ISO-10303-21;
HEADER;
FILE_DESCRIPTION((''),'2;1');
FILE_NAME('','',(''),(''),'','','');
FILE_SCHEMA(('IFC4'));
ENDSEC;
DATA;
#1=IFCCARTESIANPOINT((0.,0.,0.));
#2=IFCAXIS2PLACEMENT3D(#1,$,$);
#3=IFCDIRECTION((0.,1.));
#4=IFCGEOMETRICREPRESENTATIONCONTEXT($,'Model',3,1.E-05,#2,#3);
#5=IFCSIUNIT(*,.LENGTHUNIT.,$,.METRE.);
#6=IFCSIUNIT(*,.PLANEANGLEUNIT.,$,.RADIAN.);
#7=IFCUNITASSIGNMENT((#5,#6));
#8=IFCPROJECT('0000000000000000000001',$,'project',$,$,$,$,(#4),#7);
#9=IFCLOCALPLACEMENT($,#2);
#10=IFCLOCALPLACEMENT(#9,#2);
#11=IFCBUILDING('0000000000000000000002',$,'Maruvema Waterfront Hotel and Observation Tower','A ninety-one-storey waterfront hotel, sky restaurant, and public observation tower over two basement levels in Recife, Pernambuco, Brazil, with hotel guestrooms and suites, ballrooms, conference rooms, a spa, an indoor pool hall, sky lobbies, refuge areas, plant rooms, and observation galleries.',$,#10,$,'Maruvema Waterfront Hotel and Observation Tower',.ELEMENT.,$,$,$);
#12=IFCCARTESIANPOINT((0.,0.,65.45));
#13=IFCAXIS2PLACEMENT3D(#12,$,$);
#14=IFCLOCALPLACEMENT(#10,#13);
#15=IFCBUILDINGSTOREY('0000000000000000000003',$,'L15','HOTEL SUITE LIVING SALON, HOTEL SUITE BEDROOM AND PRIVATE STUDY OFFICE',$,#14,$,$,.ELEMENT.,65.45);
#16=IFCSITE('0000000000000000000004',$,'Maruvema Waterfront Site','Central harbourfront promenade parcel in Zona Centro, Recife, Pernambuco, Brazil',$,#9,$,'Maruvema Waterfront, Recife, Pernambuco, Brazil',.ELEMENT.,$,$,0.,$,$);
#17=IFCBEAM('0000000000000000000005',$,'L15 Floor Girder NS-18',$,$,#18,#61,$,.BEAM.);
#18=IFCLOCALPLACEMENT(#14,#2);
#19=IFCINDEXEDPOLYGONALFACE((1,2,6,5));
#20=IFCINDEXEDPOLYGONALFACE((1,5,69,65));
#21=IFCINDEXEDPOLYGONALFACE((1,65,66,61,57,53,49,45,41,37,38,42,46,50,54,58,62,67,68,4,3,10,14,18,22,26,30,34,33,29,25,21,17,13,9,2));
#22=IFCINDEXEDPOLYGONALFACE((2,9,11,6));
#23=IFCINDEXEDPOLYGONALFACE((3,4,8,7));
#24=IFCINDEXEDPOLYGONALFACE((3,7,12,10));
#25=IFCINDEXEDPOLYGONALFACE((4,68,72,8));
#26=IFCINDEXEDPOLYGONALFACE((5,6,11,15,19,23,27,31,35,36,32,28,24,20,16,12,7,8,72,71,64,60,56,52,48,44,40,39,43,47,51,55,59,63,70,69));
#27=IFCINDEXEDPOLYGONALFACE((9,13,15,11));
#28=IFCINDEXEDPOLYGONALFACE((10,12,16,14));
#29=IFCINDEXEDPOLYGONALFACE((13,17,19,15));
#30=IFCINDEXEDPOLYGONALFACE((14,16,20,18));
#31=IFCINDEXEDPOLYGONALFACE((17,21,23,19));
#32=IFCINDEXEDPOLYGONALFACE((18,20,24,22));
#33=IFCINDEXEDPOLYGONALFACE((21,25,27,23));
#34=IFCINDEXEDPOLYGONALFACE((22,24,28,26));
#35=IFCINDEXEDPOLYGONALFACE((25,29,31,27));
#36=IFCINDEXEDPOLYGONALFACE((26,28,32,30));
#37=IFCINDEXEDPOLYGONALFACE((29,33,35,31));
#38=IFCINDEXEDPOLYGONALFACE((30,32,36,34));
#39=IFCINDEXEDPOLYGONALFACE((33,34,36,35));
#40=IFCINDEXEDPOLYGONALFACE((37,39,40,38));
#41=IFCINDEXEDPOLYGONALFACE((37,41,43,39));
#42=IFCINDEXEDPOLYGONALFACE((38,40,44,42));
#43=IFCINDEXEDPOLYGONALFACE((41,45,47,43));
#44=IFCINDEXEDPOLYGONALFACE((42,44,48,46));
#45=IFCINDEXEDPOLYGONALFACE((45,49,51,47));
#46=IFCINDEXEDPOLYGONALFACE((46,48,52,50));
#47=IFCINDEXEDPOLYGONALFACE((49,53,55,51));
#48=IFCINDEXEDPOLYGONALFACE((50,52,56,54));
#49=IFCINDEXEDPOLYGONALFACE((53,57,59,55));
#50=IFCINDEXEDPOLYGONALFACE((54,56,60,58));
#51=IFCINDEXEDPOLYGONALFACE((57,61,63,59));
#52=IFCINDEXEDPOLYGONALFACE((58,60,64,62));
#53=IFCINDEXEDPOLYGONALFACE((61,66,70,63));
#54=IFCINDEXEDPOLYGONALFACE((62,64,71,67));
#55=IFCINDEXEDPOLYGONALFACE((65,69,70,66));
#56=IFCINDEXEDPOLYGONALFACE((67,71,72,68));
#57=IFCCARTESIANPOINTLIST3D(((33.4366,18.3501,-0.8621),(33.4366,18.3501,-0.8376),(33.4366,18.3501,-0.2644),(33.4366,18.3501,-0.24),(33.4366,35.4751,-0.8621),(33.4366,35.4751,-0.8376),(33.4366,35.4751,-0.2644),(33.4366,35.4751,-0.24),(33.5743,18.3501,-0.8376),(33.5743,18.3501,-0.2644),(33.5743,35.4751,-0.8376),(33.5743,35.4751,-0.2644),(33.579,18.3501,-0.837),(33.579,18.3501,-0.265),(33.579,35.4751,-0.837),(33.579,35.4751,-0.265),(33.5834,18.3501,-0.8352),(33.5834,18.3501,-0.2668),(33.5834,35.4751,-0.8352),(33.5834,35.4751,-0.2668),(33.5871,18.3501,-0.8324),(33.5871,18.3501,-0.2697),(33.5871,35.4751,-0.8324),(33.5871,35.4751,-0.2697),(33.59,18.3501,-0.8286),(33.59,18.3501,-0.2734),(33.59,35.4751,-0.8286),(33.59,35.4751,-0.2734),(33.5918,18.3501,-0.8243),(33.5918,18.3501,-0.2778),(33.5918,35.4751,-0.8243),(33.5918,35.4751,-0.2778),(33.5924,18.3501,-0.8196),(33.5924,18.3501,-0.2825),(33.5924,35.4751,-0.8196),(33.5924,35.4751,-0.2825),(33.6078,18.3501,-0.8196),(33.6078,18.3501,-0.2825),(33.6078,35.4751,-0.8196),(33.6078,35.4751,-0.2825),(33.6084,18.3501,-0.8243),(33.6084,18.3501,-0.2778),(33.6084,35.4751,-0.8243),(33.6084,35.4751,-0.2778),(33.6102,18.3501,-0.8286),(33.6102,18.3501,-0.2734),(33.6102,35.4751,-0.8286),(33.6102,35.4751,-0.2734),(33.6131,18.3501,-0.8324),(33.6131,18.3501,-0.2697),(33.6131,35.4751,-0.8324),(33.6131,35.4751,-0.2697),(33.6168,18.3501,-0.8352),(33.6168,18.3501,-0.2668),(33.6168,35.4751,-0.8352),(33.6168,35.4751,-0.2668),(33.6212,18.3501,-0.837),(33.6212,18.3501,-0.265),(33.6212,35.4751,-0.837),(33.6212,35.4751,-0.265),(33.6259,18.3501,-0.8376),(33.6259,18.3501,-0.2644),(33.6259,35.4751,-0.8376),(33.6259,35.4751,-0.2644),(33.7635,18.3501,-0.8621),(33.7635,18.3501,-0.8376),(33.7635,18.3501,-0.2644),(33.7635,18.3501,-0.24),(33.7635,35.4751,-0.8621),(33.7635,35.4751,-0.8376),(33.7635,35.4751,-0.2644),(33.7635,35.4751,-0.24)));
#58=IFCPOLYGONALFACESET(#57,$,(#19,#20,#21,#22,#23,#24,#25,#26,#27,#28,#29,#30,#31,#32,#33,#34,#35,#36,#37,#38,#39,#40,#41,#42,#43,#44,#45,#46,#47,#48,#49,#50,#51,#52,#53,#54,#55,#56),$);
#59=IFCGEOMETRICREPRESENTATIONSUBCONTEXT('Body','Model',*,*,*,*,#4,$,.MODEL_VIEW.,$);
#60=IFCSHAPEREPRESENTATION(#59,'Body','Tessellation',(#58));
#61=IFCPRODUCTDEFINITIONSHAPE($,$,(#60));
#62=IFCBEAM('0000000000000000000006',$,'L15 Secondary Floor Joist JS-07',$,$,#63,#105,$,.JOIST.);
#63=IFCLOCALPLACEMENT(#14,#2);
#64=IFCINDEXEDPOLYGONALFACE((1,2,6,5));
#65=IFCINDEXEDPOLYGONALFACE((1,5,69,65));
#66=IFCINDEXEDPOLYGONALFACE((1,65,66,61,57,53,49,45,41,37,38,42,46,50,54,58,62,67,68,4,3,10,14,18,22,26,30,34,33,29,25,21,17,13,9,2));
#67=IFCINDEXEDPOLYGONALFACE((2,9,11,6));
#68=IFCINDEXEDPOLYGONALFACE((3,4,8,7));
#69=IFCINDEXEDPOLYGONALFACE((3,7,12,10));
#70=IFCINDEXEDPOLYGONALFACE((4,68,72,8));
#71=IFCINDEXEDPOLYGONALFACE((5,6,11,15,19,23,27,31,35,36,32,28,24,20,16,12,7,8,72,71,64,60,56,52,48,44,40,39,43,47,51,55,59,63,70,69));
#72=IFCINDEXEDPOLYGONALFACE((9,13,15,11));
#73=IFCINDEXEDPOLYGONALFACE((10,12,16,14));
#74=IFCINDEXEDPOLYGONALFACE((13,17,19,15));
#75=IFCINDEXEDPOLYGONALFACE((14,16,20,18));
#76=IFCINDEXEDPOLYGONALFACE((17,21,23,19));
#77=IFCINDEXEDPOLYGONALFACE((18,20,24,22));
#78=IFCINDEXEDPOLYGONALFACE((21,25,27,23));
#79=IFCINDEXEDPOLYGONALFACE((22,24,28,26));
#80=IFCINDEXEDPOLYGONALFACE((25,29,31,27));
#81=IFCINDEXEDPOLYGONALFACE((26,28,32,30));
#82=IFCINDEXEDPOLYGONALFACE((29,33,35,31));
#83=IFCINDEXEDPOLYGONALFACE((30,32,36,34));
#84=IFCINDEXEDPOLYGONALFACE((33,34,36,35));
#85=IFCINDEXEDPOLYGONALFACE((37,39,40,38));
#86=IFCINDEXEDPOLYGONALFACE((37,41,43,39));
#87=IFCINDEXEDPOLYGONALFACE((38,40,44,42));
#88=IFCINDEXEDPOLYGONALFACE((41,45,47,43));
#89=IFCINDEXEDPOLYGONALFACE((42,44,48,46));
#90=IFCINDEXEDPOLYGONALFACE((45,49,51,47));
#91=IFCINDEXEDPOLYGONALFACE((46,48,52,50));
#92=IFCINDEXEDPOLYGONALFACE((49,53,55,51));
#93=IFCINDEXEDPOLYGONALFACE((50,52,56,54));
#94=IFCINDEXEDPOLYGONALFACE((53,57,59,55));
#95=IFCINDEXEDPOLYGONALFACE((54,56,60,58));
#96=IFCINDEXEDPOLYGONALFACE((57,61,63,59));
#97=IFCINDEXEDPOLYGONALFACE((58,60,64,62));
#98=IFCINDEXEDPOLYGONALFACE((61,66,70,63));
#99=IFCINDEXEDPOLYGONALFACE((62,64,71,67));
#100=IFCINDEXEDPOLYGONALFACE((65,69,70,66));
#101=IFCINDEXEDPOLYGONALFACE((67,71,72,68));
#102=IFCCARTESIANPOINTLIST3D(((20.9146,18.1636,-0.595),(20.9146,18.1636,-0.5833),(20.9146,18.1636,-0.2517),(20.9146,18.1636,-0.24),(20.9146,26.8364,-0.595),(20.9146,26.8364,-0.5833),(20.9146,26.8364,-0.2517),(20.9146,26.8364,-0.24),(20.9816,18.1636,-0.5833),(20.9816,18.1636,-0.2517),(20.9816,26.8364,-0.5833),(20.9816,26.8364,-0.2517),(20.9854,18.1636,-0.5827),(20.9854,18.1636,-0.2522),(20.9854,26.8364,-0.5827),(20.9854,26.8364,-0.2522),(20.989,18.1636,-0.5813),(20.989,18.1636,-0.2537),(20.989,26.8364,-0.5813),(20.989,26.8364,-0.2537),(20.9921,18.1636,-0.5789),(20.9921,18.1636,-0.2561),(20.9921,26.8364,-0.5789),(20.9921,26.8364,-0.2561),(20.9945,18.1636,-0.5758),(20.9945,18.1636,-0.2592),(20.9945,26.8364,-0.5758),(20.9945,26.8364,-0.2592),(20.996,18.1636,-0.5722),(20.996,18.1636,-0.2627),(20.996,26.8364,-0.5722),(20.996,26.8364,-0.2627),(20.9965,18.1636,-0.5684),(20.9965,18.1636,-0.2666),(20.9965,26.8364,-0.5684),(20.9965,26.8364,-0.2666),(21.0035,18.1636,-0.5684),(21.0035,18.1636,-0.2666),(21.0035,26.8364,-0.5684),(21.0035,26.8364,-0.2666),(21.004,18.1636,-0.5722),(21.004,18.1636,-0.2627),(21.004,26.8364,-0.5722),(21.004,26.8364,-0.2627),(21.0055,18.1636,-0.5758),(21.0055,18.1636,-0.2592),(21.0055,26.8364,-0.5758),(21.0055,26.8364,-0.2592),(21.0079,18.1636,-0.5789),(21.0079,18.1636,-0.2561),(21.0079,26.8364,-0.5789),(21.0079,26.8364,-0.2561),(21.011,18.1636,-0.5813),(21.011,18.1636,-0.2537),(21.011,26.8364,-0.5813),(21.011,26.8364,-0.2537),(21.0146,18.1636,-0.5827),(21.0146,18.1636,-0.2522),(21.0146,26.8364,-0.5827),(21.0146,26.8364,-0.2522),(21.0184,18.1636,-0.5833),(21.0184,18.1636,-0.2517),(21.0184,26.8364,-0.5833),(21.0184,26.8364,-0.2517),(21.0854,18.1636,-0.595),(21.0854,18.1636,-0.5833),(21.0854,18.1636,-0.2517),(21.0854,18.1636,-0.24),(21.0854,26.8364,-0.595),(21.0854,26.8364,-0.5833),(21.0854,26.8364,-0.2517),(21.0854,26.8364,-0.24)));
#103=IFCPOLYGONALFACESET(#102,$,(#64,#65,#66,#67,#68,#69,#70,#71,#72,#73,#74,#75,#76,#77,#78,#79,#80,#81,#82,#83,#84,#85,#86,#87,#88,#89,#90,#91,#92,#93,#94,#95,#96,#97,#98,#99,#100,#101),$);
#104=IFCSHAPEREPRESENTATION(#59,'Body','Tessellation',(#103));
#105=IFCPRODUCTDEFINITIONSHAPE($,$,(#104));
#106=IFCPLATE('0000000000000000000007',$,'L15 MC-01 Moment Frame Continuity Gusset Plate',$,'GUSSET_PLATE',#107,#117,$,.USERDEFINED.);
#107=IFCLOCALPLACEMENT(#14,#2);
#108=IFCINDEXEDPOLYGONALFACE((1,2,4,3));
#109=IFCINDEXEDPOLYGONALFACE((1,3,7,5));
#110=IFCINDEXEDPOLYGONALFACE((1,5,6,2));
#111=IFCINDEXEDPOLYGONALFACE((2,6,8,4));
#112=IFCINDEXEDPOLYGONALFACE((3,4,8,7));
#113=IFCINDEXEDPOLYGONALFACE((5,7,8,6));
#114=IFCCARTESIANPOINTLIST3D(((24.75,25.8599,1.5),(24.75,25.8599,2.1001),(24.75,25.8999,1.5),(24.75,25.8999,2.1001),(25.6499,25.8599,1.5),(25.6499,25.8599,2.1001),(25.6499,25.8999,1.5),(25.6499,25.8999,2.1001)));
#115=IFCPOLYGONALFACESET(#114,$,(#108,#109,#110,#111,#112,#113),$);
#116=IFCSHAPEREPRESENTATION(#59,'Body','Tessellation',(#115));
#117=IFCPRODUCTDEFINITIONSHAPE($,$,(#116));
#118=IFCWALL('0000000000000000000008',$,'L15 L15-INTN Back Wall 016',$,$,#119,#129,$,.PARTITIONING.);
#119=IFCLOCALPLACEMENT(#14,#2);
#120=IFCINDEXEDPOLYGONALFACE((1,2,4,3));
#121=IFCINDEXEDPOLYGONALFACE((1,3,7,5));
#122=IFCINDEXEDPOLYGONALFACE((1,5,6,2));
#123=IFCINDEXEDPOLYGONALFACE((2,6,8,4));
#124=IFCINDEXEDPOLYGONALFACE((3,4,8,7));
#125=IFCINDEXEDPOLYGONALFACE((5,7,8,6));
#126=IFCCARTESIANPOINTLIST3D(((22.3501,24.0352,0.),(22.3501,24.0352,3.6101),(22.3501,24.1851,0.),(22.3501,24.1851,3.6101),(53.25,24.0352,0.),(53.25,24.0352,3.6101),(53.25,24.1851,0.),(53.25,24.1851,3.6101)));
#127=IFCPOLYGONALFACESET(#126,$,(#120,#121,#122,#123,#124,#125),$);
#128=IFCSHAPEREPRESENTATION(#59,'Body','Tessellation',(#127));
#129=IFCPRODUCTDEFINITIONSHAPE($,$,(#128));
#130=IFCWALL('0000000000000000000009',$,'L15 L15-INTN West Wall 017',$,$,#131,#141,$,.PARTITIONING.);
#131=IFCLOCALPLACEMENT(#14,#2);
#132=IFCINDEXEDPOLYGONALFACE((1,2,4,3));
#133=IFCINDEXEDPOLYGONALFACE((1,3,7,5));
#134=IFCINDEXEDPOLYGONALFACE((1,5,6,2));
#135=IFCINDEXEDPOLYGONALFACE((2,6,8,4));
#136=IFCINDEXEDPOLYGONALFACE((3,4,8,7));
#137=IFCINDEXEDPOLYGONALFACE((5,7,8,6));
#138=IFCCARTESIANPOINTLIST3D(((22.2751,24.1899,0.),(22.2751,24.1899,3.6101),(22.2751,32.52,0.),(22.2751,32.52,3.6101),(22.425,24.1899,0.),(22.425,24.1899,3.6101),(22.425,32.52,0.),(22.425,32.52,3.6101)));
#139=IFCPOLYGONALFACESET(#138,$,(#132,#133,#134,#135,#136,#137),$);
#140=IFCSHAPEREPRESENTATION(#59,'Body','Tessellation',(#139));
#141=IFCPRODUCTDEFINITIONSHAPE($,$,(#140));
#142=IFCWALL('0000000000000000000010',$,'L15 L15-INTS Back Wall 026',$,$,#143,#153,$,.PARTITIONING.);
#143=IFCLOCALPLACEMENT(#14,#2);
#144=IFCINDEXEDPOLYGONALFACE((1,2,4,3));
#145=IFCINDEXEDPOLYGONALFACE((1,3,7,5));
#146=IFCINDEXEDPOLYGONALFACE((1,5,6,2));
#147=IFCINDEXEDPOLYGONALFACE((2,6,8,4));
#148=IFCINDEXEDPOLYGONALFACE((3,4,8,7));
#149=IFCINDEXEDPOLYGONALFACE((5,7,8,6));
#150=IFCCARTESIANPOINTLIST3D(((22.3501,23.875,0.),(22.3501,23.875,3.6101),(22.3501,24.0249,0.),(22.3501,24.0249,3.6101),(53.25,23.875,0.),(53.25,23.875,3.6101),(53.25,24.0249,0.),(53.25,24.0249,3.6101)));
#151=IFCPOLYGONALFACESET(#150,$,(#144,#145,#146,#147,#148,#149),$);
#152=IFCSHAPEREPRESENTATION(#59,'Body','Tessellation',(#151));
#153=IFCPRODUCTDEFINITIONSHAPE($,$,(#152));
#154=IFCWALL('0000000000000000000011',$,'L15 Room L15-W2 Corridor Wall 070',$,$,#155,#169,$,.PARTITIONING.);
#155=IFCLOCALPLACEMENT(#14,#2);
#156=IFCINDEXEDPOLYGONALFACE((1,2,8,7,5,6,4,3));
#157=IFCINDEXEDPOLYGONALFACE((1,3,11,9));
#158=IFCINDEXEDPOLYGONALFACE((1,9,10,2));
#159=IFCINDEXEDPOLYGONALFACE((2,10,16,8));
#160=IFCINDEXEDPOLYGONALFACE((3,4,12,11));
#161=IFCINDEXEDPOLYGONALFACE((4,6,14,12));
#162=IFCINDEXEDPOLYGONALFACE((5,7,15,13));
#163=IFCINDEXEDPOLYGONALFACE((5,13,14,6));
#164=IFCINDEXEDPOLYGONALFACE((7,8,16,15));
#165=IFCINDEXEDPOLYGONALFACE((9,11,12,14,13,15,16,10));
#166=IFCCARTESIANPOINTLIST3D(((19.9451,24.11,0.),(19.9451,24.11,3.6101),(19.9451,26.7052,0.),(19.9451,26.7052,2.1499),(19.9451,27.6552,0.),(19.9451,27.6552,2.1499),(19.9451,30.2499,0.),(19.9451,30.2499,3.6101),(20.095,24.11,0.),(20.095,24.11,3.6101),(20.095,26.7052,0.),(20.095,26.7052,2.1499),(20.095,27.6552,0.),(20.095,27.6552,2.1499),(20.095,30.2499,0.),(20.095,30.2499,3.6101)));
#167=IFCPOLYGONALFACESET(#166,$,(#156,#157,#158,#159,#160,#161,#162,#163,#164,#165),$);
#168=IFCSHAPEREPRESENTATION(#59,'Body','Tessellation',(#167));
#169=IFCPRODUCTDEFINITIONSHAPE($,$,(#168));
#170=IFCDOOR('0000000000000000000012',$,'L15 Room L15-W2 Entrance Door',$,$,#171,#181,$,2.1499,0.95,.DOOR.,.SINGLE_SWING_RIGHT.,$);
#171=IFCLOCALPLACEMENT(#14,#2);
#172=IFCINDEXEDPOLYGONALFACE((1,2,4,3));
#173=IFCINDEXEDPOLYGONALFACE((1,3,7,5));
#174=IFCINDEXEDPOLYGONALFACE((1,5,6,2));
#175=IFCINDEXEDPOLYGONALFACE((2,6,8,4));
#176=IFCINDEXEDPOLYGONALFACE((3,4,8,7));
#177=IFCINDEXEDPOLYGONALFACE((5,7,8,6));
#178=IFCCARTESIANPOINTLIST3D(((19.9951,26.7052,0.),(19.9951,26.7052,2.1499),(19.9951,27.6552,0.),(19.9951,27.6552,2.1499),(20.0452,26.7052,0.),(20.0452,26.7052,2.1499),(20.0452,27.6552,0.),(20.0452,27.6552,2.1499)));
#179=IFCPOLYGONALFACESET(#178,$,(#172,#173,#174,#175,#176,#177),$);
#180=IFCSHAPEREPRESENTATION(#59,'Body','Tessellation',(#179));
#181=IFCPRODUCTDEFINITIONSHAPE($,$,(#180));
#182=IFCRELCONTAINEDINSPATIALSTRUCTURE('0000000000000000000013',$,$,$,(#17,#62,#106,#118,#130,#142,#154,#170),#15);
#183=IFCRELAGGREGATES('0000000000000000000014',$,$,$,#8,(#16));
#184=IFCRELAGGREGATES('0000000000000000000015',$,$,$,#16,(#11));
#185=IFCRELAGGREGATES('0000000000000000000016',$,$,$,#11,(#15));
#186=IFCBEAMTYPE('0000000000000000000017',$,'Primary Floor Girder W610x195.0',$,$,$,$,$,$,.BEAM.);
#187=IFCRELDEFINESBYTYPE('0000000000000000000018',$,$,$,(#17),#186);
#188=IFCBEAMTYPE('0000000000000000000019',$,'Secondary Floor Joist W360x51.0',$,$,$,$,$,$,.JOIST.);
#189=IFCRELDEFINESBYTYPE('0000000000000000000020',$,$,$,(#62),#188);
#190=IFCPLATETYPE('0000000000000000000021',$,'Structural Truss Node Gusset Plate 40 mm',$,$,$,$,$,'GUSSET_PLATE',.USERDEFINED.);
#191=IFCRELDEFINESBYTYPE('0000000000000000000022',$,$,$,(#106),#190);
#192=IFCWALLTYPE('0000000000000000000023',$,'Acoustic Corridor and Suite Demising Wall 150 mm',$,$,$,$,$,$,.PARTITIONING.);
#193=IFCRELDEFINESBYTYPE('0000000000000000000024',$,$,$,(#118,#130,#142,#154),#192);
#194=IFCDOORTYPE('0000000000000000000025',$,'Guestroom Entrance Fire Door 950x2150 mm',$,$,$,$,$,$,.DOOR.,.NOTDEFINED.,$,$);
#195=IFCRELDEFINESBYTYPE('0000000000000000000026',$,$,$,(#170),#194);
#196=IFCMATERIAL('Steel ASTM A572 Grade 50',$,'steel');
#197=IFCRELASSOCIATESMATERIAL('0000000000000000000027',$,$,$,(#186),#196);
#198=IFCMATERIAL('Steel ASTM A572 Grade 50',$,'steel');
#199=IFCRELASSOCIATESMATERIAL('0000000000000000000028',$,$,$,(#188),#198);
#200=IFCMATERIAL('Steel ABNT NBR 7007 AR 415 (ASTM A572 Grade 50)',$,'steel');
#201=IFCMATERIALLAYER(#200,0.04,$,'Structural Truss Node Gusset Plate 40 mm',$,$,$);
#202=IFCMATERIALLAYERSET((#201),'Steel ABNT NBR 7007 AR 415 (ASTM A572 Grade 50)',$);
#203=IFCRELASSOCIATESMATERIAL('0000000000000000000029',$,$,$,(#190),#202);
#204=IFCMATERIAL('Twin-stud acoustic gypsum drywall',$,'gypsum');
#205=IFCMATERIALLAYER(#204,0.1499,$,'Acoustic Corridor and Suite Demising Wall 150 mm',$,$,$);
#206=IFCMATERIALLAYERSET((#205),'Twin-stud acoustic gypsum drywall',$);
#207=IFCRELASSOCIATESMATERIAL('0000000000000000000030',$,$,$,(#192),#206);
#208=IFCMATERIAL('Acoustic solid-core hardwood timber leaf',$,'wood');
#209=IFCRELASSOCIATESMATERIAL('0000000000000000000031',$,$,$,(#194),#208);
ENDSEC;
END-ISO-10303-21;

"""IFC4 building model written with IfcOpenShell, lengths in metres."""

from ifc_helpers import new_model, si_unit, direction, frame, frame_2d, origin, origin_2d, place, context, subcontext, project, spatial, rectangle, i_section, extrude, material, layer, layer_set, material_profile, profile_set, type_object, element, fill, save


model = new_model("IFC4")

# Units and contexts
model_context = context("Model", 3, precision=1e-05, world=origin(), true_north=direction((0.0, 1.0)))
body_context = subcontext(model_context, "Body", "Model", "MODEL_VIEW")
ifc_project = project(units=[si_unit("LENGTHUNIT", "METRE"), si_unit("PLANEANGLEUNIT", "RADIAN")], contexts=[model_context])

# Site, building, storey
site_placement = place(None, origin())
site = spatial("IfcSite", under=ifc_project, at=site_placement, Name="Maruvema Waterfront Site", Description="Central harbourfront promenade parcel in Zona Centro, Recife, Pernambuco, Brazil", LongName="Maruvema Waterfront, Recife, Pernambuco, Brazil", CompositionType="ELEMENT", RefElevation=0.0)
building_placement = place(site_placement, origin())
building = spatial("IfcBuilding", under=site, at=building_placement, Name="Maruvema Waterfront Hotel and Observation Tower", Description="A ninety-one-storey waterfront hotel, sky restaurant, and public observation tower over two basement levels in Recife, Pernambuco, Brazil, with hotel guestrooms and suites, ballrooms, conference rooms, a spa, an indoor pool hall, sky lobbies, refuge areas, plant rooms, and observation galleries.", LongName="Maruvema Waterfront Hotel and Observation Tower", CompositionType="ELEMENT")
storey_placement = place(building_placement, frame((0.0, 0.0, 65.45)))
storey = spatial("IfcBuildingStorey", under=building, at=storey_placement, Name="L15", Description="HOTEL SUITE LIVING SALON, HOTEL SUITE BEDROOM AND PRIVATE STUDY OFFICE", CompositionType="ELEMENT", Elevation=65.45)

# Beams
ifc_material_1 = material(Name="Steel ASTM A572 Grade 50", Category="steel")
ifc_material_profile_1 = material_profile(ifc_material_1, i_section(OverallWidth=0.3269, OverallDepth=0.6221, WebThickness=0.0154, FlangeThickness=0.0244, FilletRadius=0.0181, at=origin_2d()), Name="W610x195.0")
ifc_profile_set_1 = profile_set([ifc_material_profile_1], Name="Steel ASTM A572 Grade 50")
beam_type_1 = type_object("IfcBeamType", Name="Primary Floor Girder W610x195.0", PredefinedType="BEAM", material=ifc_profile_set_1)
beam_1_placement = place(storey_placement, frame((33.6001, 18.3501, -0.551), z_axis=(0.0, 1.0, 0.0), x_axis=(-1.0, 0.0, 0.0)))
element("IfcBeam", 1, at=beam_1_placement, inside=storey, type_object=beam_type_1, Name="L15 Floor Girder NS-18", PredefinedType="BEAM", context=body_context, shape_type="SweptSolid", body=[
    extrude(i_section(OverallWidth=0.3269, OverallDepth=0.6221, WebThickness=0.0154, FlangeThickness=0.0244, FilletRadius=0.0181, at=origin_2d()), origin(), (0.0, 0.0, 1.0), 17.125),
])
ifc_material_2 = material(Name="Steel ASTM A572 Grade 50", Category="steel")
ifc_material_profile_2 = material_profile(ifc_material_2, i_section(OverallWidth=0.1709, OverallDepth=0.355, WebThickness=0.0071, FlangeThickness=0.0117, FilletRadius=0.0149, at=origin_2d()), Name="W360x51.0")
ifc_profile_set_2 = profile_set([ifc_material_profile_2], Name="Steel ASTM A572 Grade 50")
beam_type_2 = type_object("IfcBeamType", Name="Secondary Floor Joist W360x51.0", PredefinedType="JOIST", material=ifc_profile_set_2)
beam_2_placement = place(storey_placement, frame((21.0, 18.1636, -0.4175), z_axis=(0.0, 1.0, 0.0), x_axis=(-1.0, 0.0, 0.0)))
element("IfcBeam", 2, at=beam_2_placement, inside=storey, type_object=beam_type_2, Name="L15 Secondary Floor Joist JS-07", PredefinedType="JOIST", context=body_context, shape_type="SweptSolid", body=[
    extrude(i_section(OverallWidth=0.1709, OverallDepth=0.355, WebThickness=0.0071, FlangeThickness=0.0117, FilletRadius=0.0149, at=origin_2d()), origin(), (0.0, 0.0, 1.0), 8.6729),
])

# Plate
ifc_material_3 = material(Name="Steel ABNT NBR 7007 AR 415 (ASTM A572 Grade 50)", Category="steel")
ifc_layer_1 = layer(ifc_material_3, 0.04, Name="Structural Truss Node Gusset Plate 40 mm")
ifc_layer_set_1 = layer_set([ifc_layer_1], Name="Steel ABNT NBR 7007 AR 415 (ASTM A572 Grade 50)")
plate_type = type_object("IfcPlateType", Name="Structural Truss Node Gusset Plate 40 mm", ElementType="GUSSET_PLATE", PredefinedType="USERDEFINED", material=ifc_layer_set_1)
plate_placement = place(storey_placement, frame((25.2, 25.8799, 1.5), z_axis=(0.0, 0.0, 1.0), x_axis=(1.0, 0.0, 0.0)))
element("IfcPlate", 3, at=plate_placement, inside=storey, type_object=plate_type, Name="L15 MC-01 Moment Frame Continuity Gusset Plate", ObjectType="GUSSET_PLATE", PredefinedType="USERDEFINED", context=body_context, shape_type="SweptSolid", body=[
    extrude(rectangle(XDim=0.8999, YDim=0.04, at=origin_2d()), origin(), (0.0, 0.0, 1.0), 0.6001),
])

# Walls
ifc_material_4 = material(Name="Twin-stud acoustic gypsum drywall", Category="gypsum")
ifc_layer_2 = layer(ifc_material_4, 0.1499, Name="Acoustic Corridor and Suite Demising Wall 150 mm")
ifc_layer_set_2 = layer_set([ifc_layer_2], Name="Twin-stud acoustic gypsum drywall")
wall_type_1 = type_object("IfcWallType", Name="Acoustic Corridor and Suite Demising Wall 150 mm", PredefinedType="PARTITIONING", material=ifc_layer_set_2)
wall_1_placement = place(storey_placement, frame((22.3501, 24.1101, 0.0), z_axis=(0.0, 0.0, 1.0), x_axis=(1.0, 0.0, 0.0)))
element("IfcWall", 4, at=wall_1_placement, inside=storey, type_object=wall_type_1, Name="L15 L15-INTN Back Wall 016", PredefinedType="PARTITIONING", context=body_context, shape_type="SweptSolid", body=[
    extrude(rectangle(XDim=30.8999, YDim=0.1499, at=frame_2d((15.45, 0.0))), origin(), (0.0, 0.0, 1.0), 3.6101),
])
wall_2_placement = place(storey_placement, frame((22.3501, 24.1899, 0.0), z_axis=(0.0, 0.0, 1.0), x_axis=(0.0, 1.0, 0.0)))
element("IfcWall", 5, at=wall_2_placement, inside=storey, type_object=wall_type_1, Name="L15 L15-INTN West Wall 017", PredefinedType="PARTITIONING", context=body_context, shape_type="SweptSolid", body=[
    extrude(rectangle(XDim=8.3301, YDim=0.1499, at=frame_2d((4.165, 0.0))), origin(), (0.0, 0.0, 1.0), 3.6101),
])
wall_3_placement = place(storey_placement, frame((22.3501, 23.95, 0.0), z_axis=(0.0, 0.0, 1.0), x_axis=(1.0, 0.0, 0.0)))
element("IfcWall", 6, at=wall_3_placement, inside=storey, type_object=wall_type_1, Name="L15 L15-INTS Back Wall 026", PredefinedType="PARTITIONING", context=body_context, shape_type="SweptSolid", body=[
    extrude(rectangle(XDim=30.8999, YDim=0.1499, at=frame_2d((15.45, 0.0))), origin(), (0.0, 0.0, 1.0), 3.6101),
])

# Wall, opening, door
wall_4_placement = place(storey_placement, frame((20.02, 24.1101, 0.0), z_axis=(0.0, 0.0, 1.0), x_axis=(0.0, 1.0, 0.0)))
wall_4 = element("IfcWall", 7, at=wall_4_placement, inside=storey, type_object=wall_type_1, Name="L15 Room L15-W2 Corridor Wall 070", PredefinedType="PARTITIONING", context=body_context, shape_type="SweptSolid", body=[
    extrude(rectangle(XDim=6.1399, YDim=0.1499, at=frame_2d((3.0698, 0.0))), origin(), (0.0, 0.0, 1.0), 3.6101),
])
opening_placement = place(wall_4_placement, frame((2.595, 0.0, 0.0)))
opening = element("IfcOpeningElement", 8, at=opening_placement, cuts=wall_4, PredefinedType="OPENING", context=body_context, shape_type="SweptSolid", body=[
    extrude(rectangle(XDim=0.95, YDim=2.1499, at=frame_2d((0.4751, 1.075))), frame((0.0, 0.085, 0.0), z_axis=(0.0, -1.0, 0.0), x_axis=(1.0, 0.0, 0.0)), (0.0, 0.0, 1.0), 0.1699),
])
ifc_material_5 = material(Name="Acoustic solid-core hardwood timber leaf", Category="wood")
door_type = type_object("IfcDoorType", Name="Guestroom Entrance Fire Door 950x2150 mm", OperationType="NOTDEFINED", PredefinedType="DOOR", material=ifc_material_5)
door_placement = place(opening_placement, origin())
door = element("IfcDoor", 9, at=door_placement, inside=storey, type_object=door_type, Name="L15 Room L15-W2 Entrance Door", OperationType="SINGLE_SWING_RIGHT", OverallHeight=2.1499, OverallWidth=0.95, PredefinedType="DOOR", context=body_context, shape_type="SweptSolid", body=[
    extrude(rectangle(XDim=0.95, YDim=2.1499, at=frame_2d((0.4751, 1.075))), frame((0.0, 0.0249, 0.0), z_axis=(0.0, -1.0, 0.0), x_axis=(1.0, 0.0, 0.0)), (0.0, 0.0, 1.0), 0.05),
])
fill(opening, door)

save(model, "model.ifc")
